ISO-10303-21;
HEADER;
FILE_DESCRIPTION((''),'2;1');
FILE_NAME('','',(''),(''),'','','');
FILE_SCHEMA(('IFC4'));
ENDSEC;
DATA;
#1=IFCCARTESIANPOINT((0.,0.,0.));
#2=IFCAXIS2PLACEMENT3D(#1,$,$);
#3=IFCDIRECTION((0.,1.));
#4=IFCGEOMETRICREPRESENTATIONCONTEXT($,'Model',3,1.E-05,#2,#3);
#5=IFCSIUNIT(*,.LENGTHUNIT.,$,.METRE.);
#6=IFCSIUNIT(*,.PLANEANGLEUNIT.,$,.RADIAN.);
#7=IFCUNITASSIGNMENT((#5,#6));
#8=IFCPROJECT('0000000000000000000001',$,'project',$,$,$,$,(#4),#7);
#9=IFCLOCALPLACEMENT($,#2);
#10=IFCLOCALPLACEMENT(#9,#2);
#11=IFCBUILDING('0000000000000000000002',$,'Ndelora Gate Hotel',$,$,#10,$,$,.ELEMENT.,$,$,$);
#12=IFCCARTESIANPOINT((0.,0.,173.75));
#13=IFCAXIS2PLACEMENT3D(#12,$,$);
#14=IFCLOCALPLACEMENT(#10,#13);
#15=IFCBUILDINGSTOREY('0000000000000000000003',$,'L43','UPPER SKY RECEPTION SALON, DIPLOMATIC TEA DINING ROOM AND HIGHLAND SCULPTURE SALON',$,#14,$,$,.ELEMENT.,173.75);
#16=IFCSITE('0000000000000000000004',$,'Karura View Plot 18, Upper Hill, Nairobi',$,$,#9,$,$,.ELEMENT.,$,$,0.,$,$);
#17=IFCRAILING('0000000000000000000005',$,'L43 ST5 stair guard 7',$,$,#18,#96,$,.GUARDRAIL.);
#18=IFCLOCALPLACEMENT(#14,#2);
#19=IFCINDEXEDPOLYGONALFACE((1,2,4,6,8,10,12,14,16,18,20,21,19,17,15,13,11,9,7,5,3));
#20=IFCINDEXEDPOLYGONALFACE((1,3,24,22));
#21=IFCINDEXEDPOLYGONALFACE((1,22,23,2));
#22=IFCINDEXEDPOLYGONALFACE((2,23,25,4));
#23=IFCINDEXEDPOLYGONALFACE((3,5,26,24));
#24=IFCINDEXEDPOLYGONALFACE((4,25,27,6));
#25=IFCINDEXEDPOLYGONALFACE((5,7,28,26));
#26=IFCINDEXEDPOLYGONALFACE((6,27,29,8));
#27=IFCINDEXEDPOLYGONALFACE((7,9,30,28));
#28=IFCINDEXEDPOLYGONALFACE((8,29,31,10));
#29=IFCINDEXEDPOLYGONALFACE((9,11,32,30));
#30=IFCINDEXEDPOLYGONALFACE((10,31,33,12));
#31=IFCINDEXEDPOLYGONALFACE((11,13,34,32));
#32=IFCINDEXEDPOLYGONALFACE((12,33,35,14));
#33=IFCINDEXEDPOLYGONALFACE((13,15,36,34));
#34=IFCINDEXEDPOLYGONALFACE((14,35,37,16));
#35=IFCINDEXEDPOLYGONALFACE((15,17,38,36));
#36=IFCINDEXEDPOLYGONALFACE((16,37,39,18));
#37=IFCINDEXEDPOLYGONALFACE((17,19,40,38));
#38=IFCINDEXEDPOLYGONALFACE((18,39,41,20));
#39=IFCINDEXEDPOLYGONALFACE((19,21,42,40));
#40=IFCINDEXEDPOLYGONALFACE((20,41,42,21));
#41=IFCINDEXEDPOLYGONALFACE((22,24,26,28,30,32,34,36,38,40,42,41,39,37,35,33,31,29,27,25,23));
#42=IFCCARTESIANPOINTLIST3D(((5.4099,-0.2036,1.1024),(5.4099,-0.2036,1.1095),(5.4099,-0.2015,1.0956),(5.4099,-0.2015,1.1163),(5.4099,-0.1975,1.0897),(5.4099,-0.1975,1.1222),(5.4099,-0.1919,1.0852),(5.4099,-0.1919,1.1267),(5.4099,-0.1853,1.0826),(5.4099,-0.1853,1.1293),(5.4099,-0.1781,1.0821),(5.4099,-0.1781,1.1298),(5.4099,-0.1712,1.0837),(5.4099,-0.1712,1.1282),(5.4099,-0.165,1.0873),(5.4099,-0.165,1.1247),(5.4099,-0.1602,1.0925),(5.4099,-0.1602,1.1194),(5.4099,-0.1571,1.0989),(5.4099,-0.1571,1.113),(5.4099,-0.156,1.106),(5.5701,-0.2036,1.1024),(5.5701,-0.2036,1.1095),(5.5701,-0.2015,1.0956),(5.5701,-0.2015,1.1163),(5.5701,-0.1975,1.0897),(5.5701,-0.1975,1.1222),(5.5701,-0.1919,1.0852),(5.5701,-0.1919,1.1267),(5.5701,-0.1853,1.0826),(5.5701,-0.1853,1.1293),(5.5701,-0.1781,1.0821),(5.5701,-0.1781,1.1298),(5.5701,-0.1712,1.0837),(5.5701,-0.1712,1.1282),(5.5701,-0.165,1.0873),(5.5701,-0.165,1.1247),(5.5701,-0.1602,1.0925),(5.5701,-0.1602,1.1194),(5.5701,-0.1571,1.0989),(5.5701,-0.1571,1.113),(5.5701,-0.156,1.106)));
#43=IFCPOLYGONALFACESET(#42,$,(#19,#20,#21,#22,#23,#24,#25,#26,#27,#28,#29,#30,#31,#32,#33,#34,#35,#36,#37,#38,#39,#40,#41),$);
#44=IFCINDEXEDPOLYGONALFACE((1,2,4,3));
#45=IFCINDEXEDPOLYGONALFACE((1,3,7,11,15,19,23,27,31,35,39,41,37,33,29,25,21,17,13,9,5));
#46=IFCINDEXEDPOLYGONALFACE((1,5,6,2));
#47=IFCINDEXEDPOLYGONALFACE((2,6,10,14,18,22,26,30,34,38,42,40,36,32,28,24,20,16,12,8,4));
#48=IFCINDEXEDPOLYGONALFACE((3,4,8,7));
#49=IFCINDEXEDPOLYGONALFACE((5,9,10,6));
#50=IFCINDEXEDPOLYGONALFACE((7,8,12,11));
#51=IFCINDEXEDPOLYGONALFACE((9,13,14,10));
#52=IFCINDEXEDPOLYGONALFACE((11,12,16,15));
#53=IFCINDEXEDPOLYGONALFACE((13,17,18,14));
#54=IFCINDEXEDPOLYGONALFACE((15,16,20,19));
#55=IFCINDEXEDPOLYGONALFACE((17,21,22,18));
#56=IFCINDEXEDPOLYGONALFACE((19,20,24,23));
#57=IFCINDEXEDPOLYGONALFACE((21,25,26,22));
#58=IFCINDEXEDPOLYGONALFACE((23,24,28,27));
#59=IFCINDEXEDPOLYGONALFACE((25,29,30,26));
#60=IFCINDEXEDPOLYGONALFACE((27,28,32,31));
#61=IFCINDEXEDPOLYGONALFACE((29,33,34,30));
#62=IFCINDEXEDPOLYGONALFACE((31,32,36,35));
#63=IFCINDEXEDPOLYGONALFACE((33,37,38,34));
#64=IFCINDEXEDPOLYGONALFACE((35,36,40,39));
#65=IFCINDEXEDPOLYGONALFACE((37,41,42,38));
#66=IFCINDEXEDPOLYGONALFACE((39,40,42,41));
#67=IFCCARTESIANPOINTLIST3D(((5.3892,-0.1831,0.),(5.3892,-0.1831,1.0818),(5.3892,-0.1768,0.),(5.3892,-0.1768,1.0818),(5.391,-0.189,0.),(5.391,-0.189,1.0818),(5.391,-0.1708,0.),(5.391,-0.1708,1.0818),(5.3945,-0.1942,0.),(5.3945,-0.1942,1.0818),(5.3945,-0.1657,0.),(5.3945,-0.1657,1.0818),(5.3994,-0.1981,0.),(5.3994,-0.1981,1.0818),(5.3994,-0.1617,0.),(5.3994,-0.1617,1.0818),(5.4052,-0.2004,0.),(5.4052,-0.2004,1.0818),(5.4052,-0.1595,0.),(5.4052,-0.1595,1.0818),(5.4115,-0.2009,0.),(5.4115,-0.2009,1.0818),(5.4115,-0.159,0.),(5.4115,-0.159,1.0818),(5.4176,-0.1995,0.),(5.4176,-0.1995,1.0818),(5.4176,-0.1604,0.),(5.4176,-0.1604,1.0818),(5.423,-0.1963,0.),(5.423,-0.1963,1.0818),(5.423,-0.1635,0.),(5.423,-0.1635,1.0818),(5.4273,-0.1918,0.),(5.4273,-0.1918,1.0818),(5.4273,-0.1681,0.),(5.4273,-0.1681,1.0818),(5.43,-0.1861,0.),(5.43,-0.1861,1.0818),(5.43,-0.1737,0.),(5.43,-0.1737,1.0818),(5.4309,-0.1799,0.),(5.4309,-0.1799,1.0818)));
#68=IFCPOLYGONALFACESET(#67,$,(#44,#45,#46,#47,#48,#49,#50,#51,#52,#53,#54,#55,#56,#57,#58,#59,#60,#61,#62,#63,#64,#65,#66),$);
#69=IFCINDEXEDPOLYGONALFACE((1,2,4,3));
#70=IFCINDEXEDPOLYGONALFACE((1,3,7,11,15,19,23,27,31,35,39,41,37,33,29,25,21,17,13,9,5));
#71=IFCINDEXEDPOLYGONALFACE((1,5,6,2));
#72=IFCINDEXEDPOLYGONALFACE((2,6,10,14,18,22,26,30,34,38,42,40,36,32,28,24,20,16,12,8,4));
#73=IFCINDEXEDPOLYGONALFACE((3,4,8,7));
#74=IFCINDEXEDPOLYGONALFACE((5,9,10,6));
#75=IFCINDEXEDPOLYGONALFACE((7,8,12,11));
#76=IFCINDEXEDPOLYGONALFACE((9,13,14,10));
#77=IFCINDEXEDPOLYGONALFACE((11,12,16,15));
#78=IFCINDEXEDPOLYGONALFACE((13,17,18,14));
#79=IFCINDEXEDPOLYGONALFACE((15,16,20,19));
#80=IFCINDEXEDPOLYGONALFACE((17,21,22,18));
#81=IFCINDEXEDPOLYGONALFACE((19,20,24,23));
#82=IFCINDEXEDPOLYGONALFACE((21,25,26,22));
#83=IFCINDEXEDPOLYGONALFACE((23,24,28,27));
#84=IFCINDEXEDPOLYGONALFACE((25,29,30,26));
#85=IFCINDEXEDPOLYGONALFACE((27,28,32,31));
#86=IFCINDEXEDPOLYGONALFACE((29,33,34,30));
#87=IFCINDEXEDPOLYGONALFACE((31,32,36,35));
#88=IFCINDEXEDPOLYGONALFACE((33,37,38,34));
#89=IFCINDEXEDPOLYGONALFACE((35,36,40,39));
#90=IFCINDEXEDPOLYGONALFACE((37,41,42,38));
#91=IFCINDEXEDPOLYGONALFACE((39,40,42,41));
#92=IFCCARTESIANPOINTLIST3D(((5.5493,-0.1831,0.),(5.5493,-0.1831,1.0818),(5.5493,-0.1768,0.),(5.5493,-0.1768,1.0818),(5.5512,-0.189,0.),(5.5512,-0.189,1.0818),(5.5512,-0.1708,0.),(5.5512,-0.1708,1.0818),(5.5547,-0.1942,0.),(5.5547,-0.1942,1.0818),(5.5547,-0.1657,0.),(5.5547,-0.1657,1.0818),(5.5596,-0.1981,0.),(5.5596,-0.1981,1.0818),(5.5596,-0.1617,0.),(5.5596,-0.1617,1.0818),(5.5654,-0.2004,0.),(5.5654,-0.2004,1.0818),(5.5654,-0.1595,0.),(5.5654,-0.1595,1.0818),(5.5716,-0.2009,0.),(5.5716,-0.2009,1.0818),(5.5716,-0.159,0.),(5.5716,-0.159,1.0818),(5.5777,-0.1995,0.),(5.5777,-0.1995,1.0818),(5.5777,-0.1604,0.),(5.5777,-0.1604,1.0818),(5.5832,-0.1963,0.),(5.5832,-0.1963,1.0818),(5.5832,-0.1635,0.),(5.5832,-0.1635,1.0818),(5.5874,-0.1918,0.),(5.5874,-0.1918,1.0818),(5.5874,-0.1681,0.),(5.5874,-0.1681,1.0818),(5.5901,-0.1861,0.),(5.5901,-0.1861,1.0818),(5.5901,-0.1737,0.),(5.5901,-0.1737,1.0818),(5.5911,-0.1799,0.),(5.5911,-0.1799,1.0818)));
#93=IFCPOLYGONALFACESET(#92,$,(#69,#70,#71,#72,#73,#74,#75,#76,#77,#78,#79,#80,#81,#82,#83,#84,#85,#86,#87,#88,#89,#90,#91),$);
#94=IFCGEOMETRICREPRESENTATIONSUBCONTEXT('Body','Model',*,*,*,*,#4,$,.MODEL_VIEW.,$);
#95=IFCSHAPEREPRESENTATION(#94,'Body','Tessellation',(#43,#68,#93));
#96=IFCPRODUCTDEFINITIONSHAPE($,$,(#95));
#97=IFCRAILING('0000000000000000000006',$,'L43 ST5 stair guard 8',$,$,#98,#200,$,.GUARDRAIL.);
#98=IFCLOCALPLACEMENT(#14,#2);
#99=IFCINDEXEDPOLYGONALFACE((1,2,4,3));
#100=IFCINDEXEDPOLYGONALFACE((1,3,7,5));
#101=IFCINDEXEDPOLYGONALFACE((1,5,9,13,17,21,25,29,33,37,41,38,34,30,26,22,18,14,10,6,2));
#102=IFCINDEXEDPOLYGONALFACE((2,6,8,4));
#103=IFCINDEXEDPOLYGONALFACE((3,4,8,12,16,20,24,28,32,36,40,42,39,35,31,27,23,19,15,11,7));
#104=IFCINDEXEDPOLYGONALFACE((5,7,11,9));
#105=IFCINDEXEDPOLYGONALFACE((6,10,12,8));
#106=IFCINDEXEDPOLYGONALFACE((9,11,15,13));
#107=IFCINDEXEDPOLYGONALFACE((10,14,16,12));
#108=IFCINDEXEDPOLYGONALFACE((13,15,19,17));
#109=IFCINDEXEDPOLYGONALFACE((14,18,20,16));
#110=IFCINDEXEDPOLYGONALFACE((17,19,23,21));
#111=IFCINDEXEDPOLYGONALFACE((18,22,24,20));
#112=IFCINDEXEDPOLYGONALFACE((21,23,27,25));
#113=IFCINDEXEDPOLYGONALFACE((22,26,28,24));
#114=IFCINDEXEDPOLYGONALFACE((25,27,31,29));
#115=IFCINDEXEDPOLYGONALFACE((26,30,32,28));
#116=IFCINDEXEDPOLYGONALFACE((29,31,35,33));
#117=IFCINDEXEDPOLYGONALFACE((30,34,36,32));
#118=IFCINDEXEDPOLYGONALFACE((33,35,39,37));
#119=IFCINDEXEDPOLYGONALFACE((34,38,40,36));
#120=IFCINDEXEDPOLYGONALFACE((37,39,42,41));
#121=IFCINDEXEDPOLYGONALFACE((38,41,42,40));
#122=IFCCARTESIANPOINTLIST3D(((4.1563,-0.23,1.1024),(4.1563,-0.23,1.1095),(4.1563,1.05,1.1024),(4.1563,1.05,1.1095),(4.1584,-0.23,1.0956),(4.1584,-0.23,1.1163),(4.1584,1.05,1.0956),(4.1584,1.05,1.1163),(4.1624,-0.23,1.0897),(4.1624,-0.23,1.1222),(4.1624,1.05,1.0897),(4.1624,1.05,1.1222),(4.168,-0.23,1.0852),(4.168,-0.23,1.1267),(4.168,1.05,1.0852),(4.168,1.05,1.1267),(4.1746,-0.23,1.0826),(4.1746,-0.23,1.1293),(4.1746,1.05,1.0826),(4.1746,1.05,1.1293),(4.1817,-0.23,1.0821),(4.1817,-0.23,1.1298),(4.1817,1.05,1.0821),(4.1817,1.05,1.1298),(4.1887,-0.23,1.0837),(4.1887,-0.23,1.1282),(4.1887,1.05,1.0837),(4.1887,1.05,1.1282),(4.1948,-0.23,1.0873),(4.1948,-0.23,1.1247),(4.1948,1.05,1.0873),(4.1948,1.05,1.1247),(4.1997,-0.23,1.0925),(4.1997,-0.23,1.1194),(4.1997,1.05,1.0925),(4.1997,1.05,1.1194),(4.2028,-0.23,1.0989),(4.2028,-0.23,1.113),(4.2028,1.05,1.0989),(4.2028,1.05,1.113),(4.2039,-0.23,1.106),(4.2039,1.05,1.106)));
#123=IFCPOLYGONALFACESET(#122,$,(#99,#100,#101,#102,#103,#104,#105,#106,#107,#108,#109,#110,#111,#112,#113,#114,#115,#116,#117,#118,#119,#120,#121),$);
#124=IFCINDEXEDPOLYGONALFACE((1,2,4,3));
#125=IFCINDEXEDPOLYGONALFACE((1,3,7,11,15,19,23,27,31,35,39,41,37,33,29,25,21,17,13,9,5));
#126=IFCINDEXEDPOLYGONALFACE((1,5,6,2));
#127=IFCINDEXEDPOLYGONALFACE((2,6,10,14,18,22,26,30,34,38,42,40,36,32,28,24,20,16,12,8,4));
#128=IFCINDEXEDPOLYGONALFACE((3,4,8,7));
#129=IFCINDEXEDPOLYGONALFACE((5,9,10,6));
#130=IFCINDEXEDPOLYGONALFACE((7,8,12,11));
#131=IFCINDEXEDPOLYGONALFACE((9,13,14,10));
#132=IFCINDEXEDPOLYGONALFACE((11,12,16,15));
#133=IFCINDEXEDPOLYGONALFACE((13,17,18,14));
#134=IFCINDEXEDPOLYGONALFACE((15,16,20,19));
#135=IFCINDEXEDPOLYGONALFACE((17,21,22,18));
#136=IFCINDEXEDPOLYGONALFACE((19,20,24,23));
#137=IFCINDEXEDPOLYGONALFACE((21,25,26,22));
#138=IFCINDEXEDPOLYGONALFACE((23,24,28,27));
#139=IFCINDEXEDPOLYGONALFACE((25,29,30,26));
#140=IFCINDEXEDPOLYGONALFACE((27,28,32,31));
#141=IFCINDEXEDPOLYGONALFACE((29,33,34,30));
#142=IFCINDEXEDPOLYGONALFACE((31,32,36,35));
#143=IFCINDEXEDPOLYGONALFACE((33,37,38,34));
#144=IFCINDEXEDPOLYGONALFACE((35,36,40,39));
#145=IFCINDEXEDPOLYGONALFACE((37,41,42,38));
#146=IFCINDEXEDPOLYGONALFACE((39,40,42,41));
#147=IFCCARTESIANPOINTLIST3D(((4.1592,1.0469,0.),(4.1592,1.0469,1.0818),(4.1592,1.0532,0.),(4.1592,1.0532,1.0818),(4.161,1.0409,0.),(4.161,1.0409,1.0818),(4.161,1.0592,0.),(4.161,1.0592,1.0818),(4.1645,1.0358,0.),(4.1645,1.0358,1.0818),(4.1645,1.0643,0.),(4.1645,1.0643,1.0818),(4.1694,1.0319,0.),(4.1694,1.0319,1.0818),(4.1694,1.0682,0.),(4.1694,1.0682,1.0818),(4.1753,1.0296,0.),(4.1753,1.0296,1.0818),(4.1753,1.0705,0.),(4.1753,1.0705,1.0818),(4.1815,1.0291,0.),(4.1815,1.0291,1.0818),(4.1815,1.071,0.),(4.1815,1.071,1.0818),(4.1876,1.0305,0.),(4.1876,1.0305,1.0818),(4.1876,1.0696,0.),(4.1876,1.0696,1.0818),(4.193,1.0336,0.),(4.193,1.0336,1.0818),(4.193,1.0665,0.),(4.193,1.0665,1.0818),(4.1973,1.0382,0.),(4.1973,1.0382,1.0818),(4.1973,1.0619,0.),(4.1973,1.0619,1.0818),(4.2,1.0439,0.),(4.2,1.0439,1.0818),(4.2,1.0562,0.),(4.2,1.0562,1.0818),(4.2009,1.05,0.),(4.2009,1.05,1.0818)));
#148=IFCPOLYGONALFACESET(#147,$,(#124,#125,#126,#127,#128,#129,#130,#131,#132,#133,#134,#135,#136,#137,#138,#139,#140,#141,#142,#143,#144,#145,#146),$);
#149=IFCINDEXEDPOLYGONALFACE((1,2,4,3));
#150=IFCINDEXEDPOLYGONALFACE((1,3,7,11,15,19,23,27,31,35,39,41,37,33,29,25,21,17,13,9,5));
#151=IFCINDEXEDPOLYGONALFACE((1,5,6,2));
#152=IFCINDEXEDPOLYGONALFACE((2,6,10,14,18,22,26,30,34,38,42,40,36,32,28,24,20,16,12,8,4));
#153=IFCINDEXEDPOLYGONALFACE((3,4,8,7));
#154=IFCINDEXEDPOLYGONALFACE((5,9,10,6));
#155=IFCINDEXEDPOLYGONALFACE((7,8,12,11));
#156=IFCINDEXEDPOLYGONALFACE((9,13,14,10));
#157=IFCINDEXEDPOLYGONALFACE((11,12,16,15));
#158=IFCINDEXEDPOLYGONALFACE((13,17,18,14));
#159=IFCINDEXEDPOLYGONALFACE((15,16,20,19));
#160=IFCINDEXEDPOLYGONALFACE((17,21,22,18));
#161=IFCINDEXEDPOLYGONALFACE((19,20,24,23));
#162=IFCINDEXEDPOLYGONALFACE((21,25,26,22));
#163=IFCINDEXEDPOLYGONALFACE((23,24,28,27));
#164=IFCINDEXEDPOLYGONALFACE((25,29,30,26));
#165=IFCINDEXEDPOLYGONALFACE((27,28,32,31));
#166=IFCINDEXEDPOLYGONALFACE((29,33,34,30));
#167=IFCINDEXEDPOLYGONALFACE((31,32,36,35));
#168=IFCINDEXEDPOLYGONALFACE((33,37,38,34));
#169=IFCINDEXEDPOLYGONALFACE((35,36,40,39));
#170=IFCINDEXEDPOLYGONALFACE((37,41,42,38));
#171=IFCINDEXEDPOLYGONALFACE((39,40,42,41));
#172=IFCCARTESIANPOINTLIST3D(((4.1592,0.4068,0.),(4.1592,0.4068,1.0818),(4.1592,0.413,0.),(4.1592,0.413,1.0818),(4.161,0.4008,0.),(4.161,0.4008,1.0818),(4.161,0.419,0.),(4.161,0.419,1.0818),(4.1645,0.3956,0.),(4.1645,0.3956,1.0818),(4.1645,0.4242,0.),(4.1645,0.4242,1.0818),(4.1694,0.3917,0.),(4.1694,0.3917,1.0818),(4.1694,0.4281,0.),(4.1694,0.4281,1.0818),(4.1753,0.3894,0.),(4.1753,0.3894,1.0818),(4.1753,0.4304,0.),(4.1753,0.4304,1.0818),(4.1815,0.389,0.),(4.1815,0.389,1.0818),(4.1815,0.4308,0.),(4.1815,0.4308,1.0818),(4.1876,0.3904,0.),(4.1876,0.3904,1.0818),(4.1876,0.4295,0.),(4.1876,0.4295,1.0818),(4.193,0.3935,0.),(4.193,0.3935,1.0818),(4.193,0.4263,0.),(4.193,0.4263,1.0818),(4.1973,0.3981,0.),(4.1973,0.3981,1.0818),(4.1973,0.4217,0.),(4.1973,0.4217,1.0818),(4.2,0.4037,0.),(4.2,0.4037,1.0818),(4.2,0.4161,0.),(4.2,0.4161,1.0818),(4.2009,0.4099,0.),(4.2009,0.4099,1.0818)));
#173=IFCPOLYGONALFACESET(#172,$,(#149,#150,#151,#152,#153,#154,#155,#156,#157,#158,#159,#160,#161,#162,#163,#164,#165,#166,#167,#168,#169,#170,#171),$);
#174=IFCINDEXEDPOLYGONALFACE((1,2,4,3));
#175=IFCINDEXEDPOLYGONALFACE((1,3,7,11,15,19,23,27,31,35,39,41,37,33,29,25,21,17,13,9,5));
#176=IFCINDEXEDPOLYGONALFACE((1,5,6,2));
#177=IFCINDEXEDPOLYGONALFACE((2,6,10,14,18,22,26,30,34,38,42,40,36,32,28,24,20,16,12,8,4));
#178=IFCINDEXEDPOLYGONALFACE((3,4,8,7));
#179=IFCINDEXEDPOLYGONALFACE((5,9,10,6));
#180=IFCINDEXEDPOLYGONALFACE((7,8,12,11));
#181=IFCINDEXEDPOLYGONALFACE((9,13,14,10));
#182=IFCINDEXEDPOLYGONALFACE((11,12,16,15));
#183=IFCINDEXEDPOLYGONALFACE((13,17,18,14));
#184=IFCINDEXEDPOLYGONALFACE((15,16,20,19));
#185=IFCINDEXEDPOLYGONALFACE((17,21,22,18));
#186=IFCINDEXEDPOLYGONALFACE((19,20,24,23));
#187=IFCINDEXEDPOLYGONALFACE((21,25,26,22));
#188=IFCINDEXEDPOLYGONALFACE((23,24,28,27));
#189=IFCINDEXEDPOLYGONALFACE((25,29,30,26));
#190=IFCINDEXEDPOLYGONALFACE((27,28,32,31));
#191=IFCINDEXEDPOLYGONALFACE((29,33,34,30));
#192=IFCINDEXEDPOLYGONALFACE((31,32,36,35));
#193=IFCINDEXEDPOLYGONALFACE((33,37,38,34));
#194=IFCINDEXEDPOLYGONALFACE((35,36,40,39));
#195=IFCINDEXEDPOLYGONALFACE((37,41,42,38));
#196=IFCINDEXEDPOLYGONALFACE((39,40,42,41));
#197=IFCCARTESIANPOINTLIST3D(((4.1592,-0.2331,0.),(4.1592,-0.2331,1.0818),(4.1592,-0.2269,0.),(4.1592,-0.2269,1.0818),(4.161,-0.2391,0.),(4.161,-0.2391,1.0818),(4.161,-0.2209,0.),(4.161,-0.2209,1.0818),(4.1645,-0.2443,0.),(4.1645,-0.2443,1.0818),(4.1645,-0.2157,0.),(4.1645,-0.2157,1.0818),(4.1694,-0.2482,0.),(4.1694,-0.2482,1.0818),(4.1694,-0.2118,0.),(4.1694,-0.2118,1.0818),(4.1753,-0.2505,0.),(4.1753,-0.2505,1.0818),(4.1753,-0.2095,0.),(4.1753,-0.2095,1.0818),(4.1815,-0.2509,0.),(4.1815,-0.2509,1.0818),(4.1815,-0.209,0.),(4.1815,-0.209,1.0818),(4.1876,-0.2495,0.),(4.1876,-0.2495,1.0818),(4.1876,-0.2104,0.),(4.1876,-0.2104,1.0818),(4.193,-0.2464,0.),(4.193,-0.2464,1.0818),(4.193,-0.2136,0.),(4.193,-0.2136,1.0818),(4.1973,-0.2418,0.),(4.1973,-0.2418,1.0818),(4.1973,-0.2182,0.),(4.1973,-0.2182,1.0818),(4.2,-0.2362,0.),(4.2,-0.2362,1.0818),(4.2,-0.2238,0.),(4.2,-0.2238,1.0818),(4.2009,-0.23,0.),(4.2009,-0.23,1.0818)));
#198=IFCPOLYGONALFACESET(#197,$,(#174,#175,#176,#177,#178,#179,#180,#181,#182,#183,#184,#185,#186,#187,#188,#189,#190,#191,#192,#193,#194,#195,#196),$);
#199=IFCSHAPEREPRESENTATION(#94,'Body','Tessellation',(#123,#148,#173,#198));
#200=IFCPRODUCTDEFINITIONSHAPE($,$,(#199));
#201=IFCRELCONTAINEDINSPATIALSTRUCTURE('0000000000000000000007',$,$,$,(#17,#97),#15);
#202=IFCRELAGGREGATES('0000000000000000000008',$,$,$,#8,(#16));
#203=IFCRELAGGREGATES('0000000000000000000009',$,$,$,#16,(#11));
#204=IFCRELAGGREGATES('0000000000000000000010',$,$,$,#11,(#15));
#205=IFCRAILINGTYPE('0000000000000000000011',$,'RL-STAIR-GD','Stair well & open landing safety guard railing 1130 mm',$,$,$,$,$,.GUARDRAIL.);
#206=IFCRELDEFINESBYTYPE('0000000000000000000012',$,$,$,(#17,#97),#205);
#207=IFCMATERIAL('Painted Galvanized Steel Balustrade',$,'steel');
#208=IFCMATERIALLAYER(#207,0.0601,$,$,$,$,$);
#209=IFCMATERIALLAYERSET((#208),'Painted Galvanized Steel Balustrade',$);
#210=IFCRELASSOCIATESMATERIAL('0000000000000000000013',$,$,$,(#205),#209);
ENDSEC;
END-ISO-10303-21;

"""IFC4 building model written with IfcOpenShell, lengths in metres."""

from ifc_helpers import new_model, si_unit, direction, frame, origin, origin_2d, place, context, subcontext, project, spatial, circle, extrude, material, layer, layer_set, type_object, element, save


model = new_model("IFC4")

# Units and contexts
model_context = context("Model", 3, precision=1e-05, world=origin(), true_north=direction((0.0, 1.0)))
body_context = subcontext(model_context, "Body", "Model", "MODEL_VIEW")
ifc_project = project(units=[si_unit("LENGTHUNIT", "METRE"), si_unit("PLANEANGLEUNIT", "RADIAN")], contexts=[model_context])

# Site, building, storey
site_placement = place(None, origin())
site = spatial("IfcSite", under=ifc_project, at=site_placement, Name="Karura View Plot 18, Upper Hill, Nairobi", CompositionType="ELEMENT", RefElevation=0.0)
building_placement = place(site_placement, origin())
building = spatial("IfcBuilding", under=site, at=building_placement, Name="Ndelora Gate Hotel", CompositionType="ELEMENT")
storey_placement = place(building_placement, frame((0.0, 0.0, 173.75)))
storey = spatial("IfcBuildingStorey", under=building, at=storey_placement, Name="L43", Description="UPPER SKY RECEPTION SALON, DIPLOMATIC TEA DINING ROOM AND HIGHLAND SCULPTURE SALON", CompositionType="ELEMENT", Elevation=173.75)

# Railings
ifc_material_1 = material(Name="Painted Galvanized Steel Balustrade", Category="steel")
ifc_layer_1 = layer(ifc_material_1, 0.0601)
ifc_layer_set_1 = layer_set([ifc_layer_1], Name="Painted Galvanized Steel Balustrade")
railing_type_1 = type_object("IfcRailingType", Name="RL-STAIR-GD", Description="Stair well & open landing safety guard railing 1130 mm", PredefinedType="GUARDRAIL", material=ifc_layer_set_1)
railing_1_placement = place(storey_placement, frame((5.4099, -0.1799, 0.0)))
element("IfcRailing", 1, at=railing_1_placement, inside=storey, type_object=railing_type_1, Name="L43 ST5 stair guard 7", PredefinedType="GUARDRAIL", context=body_context, shape_type="SweptSolid", body=[
    extrude(circle(Radius=0.0239, at=origin_2d()), frame((0.0, 0.0, 1.106), z_axis=(1.0, 0.0, 0.0), x_axis=(0.0, 1.0, 0.0)), (0.0, 0.0, 1.0), 0.1602),
    extrude(circle(Radius=0.021, at=origin_2d()), origin(), (0.0, 0.0, 1.0), 1.0818),
    extrude(circle(Radius=0.021, at=origin_2d()), frame((0.1602, 0.0, 0.0)), (0.0, 0.0, 1.0), 1.0818),
])
railing_2_placement = place(storey_placement, frame((4.1799, 1.05, 0.0)))
element("IfcRailing", 2, at=railing_2_placement, inside=storey, type_object=railing_type_1, Name="L43 ST5 stair guard 8", PredefinedType="GUARDRAIL", context=body_context, shape_type="SweptSolid", body=[
    extrude(circle(Radius=0.0239, at=origin_2d()), frame((0.0, 0.0, 1.106), z_axis=(0.0, -1.0, 0.0), x_axis=(1.0, 0.0, 0.0)), (0.0, 0.0, 1.0), 1.28),
    extrude(circle(Radius=0.021, at=origin_2d()), origin(), (0.0, 0.0, 1.0), 1.0818),
    extrude(circle(Radius=0.021, at=origin_2d()), frame((0.0, -0.6401, 0.0)), (0.0, 0.0, 1.0), 1.0818),
    extrude(circle(Radius=0.021, at=origin_2d()), frame((0.0, -1.28, 0.0)), (0.0, 0.0, 1.0), 1.0818),
])

save(model, "model.ifc")
